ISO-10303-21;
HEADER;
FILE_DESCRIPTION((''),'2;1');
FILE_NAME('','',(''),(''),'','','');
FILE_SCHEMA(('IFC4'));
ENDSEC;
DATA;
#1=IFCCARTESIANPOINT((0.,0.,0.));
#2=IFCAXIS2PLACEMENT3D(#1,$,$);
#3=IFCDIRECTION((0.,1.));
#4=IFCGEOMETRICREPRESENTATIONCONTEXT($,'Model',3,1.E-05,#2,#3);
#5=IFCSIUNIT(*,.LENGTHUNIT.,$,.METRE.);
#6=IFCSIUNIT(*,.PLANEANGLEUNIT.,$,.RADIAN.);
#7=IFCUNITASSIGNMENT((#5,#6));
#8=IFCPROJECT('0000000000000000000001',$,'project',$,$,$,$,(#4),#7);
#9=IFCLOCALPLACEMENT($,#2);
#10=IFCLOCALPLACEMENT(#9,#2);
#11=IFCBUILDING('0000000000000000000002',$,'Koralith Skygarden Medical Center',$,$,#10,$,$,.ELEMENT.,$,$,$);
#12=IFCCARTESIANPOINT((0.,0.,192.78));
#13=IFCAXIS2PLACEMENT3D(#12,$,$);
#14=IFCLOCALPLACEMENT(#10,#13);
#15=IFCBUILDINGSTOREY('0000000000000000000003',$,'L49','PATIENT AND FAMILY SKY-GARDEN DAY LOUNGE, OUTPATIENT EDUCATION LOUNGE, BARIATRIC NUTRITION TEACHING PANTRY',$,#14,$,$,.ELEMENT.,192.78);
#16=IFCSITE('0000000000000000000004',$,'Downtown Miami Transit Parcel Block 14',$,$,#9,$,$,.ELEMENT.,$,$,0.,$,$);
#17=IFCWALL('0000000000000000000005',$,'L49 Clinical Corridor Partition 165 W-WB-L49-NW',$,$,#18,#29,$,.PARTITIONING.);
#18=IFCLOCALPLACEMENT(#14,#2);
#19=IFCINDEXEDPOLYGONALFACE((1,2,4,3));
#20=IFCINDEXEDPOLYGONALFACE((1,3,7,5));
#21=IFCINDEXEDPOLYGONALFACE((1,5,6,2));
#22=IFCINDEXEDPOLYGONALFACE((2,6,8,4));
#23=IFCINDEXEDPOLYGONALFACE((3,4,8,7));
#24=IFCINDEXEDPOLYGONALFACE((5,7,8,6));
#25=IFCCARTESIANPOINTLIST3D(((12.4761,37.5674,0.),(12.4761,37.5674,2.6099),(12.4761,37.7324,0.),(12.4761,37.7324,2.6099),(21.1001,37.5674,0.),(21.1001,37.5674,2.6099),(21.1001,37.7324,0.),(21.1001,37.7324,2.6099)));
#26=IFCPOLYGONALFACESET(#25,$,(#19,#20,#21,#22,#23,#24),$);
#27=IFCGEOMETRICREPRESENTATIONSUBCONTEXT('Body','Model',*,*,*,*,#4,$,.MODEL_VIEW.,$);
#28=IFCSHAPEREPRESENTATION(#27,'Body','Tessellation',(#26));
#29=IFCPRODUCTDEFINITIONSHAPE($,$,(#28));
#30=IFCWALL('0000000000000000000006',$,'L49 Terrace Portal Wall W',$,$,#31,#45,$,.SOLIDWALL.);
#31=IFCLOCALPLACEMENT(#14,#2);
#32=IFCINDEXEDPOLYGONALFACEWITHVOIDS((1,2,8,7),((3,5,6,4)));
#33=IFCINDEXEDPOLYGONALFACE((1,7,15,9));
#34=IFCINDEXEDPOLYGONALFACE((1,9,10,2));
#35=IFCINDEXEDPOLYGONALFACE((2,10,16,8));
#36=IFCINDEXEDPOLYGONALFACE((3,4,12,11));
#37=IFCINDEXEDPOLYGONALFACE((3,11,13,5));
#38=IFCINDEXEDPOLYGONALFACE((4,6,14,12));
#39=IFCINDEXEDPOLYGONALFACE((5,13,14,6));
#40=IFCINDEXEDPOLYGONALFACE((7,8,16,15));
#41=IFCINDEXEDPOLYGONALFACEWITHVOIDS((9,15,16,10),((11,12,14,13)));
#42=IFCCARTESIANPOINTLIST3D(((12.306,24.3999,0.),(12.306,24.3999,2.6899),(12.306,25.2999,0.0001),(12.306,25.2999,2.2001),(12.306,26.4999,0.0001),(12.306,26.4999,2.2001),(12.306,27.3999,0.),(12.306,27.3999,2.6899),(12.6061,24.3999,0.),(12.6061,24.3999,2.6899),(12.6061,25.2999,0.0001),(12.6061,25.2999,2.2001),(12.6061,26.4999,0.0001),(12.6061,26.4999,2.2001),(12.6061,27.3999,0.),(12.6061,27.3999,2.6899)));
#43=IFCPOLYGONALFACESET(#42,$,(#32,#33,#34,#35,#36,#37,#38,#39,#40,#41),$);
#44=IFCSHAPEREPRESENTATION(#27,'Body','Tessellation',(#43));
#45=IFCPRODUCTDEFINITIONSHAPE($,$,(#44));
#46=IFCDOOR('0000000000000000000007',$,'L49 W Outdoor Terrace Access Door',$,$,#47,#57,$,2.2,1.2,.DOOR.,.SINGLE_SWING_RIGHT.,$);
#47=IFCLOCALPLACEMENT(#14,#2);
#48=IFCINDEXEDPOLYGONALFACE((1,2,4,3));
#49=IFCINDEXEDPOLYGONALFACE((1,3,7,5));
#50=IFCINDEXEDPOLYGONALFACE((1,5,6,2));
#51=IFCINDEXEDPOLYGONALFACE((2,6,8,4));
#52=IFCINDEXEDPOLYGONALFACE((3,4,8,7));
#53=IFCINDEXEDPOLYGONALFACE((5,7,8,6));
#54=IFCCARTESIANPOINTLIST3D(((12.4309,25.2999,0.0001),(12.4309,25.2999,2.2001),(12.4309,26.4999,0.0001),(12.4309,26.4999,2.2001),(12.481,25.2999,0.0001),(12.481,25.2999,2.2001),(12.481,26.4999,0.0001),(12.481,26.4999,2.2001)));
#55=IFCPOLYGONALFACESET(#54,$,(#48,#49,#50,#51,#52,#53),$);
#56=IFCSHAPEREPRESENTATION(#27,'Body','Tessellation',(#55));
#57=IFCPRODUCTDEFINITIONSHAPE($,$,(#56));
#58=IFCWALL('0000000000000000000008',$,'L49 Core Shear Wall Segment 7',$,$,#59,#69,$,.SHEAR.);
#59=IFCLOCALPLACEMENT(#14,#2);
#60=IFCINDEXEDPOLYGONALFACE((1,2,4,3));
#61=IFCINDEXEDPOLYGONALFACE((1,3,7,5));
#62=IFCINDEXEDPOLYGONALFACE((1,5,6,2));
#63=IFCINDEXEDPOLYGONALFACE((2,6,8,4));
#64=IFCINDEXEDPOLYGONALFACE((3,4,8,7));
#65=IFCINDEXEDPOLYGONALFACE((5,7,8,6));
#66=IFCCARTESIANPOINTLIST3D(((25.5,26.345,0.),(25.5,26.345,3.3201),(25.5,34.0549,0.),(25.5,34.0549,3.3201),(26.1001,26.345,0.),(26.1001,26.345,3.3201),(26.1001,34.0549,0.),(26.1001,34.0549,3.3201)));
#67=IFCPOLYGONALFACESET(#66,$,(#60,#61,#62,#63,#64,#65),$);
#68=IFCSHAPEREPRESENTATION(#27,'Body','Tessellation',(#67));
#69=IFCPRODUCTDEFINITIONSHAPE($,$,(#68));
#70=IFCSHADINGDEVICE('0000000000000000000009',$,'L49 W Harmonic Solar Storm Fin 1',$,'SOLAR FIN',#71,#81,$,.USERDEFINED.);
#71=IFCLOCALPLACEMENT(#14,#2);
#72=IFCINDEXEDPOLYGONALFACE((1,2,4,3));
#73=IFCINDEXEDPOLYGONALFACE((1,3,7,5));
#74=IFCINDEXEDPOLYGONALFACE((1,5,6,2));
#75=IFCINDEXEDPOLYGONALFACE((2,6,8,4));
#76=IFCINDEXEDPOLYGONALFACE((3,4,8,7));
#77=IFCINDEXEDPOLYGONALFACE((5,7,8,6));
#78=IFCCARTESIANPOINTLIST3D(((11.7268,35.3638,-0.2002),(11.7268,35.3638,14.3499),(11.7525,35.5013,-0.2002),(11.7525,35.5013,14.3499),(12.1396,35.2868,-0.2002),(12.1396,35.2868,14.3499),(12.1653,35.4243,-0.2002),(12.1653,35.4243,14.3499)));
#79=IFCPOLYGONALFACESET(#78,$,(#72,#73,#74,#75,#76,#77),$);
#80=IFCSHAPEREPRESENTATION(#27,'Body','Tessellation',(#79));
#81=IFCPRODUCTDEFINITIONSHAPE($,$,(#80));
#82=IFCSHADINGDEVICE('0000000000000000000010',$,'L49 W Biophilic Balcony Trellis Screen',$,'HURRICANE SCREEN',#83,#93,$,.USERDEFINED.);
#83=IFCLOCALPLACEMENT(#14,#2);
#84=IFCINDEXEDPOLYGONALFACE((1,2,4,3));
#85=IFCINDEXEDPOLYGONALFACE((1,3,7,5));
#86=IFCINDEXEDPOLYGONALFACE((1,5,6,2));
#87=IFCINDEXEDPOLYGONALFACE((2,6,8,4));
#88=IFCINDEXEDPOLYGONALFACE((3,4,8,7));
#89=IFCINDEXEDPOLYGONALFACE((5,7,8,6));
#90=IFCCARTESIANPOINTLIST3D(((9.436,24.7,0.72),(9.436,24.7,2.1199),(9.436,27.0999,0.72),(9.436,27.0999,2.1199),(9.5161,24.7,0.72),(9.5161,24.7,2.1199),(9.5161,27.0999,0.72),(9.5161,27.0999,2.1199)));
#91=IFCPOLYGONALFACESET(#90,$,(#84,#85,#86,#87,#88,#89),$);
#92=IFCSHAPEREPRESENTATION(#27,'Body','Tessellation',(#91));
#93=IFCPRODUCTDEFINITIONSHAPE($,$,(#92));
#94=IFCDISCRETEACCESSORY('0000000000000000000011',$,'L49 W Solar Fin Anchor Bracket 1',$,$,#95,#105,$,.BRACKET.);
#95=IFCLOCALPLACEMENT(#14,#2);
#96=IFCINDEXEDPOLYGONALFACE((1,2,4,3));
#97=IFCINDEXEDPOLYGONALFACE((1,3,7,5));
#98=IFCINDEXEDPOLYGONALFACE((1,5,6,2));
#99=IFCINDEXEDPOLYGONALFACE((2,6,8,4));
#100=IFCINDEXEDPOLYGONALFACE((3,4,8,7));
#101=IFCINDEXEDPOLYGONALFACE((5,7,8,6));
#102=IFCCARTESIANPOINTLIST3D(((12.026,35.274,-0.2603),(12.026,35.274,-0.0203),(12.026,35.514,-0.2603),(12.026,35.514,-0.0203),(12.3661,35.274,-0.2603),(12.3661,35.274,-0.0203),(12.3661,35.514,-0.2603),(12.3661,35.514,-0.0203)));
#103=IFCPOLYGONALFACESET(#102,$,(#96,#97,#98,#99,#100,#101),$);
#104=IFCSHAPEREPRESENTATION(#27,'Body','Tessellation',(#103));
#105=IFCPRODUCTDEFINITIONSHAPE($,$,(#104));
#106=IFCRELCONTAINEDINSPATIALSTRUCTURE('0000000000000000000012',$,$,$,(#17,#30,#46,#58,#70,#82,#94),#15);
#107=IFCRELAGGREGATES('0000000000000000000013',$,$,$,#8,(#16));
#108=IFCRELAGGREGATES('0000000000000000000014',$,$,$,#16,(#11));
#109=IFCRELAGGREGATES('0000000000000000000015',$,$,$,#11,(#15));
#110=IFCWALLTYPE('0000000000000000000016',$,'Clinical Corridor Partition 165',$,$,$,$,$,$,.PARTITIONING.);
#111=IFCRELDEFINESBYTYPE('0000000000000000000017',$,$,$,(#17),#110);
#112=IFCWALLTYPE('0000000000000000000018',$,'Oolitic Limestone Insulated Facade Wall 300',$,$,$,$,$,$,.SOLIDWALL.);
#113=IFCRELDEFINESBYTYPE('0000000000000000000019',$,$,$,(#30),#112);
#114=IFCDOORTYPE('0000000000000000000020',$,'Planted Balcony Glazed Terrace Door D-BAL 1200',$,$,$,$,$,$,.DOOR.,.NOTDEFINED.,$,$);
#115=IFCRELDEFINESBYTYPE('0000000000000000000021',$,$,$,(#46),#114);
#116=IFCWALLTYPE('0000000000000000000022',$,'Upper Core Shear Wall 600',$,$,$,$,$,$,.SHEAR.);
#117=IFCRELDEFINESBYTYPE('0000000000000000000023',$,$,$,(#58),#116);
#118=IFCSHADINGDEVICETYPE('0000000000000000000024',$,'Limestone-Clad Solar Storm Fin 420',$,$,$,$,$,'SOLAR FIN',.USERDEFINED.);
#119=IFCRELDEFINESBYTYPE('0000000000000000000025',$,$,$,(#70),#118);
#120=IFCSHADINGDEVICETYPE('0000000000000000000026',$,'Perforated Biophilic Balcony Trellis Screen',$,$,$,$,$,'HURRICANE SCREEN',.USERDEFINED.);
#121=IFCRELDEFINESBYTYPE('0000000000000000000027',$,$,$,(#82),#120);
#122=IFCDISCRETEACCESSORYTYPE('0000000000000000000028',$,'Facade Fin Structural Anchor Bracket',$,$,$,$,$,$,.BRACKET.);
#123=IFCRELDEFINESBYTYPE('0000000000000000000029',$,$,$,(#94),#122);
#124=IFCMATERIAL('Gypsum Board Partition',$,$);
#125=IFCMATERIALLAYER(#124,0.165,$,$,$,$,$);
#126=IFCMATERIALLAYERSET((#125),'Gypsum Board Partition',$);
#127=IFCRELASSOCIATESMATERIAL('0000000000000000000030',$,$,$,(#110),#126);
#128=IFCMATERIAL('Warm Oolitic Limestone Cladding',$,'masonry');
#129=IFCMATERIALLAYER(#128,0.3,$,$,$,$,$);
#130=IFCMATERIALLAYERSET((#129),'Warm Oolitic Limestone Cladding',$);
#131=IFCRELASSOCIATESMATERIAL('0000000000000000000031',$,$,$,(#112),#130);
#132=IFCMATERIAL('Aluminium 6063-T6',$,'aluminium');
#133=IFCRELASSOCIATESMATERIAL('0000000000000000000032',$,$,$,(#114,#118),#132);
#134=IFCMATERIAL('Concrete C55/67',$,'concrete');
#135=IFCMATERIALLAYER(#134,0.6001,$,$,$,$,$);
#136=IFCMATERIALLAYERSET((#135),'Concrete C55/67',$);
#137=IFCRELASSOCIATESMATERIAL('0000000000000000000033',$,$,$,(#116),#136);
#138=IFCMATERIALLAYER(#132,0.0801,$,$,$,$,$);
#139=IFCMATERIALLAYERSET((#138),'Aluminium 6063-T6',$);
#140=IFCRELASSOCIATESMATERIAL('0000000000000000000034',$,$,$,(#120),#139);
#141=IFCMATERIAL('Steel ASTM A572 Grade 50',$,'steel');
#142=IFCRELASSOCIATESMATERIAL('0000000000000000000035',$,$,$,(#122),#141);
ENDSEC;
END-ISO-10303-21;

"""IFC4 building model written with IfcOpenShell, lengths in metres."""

from ifc_helpers import new_model, si_unit, direction, frame, frame_2d, origin, origin_2d, place, context, subcontext, project, spatial, rectangle, extrude, material, layer, layer_set, type_object, element, fill, save


model = new_model("IFC4")

# Units and contexts
model_context = context("Model", 3, precision=1e-05, world=origin(), true_north=direction((0.0, 1.0)))
body_context = subcontext(model_context, "Body", "Model", "MODEL_VIEW")
ifc_project = project(units=[si_unit("LENGTHUNIT", "METRE"), si_unit("PLANEANGLEUNIT", "RADIAN")], contexts=[model_context])

# Site, building, storey
site_placement = place(None, origin())
site = spatial("IfcSite", under=ifc_project, at=site_placement, Name="Downtown Miami Transit Parcel Block 14", CompositionType="ELEMENT", RefElevation=0.0)
building_placement = place(site_placement, origin())
building = spatial("IfcBuilding", under=site, at=building_placement, Name="Koralith Skygarden Medical Center", CompositionType="ELEMENT")
storey_placement = place(building_placement, frame((0.0, 0.0, 192.78)))
storey = spatial("IfcBuildingStorey", under=building, at=storey_placement, Name="L49", Description="PATIENT AND FAMILY SKY-GARDEN DAY LOUNGE, OUTPATIENT EDUCATION LOUNGE, BARIATRIC NUTRITION TEACHING PANTRY", CompositionType="ELEMENT", Elevation=192.78)

# Shared definitions
ifc_material_1 = material(Name="Concrete C55/67", Category="concrete")

# Shared definitions
ifc_material_2 = material(Name="Aluminium 6063-T6", Category="aluminium")

# Wall
ifc_material_3 = material(Name="Gypsum Board Partition")
ifc_layer_1 = layer(ifc_material_3, 0.165)
ifc_layer_set_1 = layer_set([ifc_layer_1], Name="Gypsum Board Partition")
wall_type_1 = type_object("IfcWallType", Name="Clinical Corridor Partition 165", PredefinedType="PARTITIONING", material=ifc_layer_set_1)
wall_1_placement = place(storey_placement, frame((12.4761, 37.6499, 0.0), z_axis=(0.0, 0.0, 1.0), x_axis=(1.0, 0.0, 0.0)))
element("IfcWall", 1, at=wall_1_placement, inside=storey, type_object=wall_type_1, Name="L49 Clinical Corridor Partition 165 W-WB-L49-NW", PredefinedType="PARTITIONING", context=body_context, shape_type="SweptSolid", body=[
    extrude(rectangle(XDim=8.624, YDim=0.165, at=frame_2d((4.312, 0.0))), origin(), (0.0, 0.0, 1.0), 2.6099),
])

# Wall, opening, door
ifc_material_4 = material(Name="Warm Oolitic Limestone Cladding", Category="masonry")
ifc_layer_2 = layer(ifc_material_4, 0.3)
ifc_layer_set_2 = layer_set([ifc_layer_2], Name="Warm Oolitic Limestone Cladding")
wall_type_2 = type_object("IfcWallType", Name="Oolitic Limestone Insulated Facade Wall 300", PredefinedType="SOLIDWALL", material=ifc_layer_set_2)
wall_2_placement = place(storey_placement, frame((12.4561, 27.3999, 0.0), z_axis=(0.0, 0.0, 1.0), x_axis=(0.0, -1.0, 0.0)))
wall_2 = element("IfcWall", 2, at=wall_2_placement, inside=storey, type_object=wall_type_2, Name="L49 Terrace Portal Wall W", PredefinedType="SOLIDWALL", context=body_context, shape_type="SweptSolid", body=[
    extrude(rectangle(XDim=3.0, YDim=0.3, at=frame_2d((1.5, 0.0))), origin(), (0.0, 0.0, 1.0), 2.6899),
])
opening_1_placement = place(wall_2_placement, frame((0.8999, 0.0, 0.0)))
opening_1 = element("IfcOpeningElement", 3, at=opening_1_placement, cuts=wall_2, PredefinedType="OPENING", context=body_context, shape_type="SweptSolid", body=[
    extrude(rectangle(XDim=1.2, YDim=2.2, at=frame_2d((0.6001, 1.1001))), frame((0.0, 0.1599, 0.0), z_axis=(0.0, -1.0, 0.0), x_axis=(1.0, 0.0, 0.0)), (0.0, 0.0, 1.0), 0.3201),
])
door_type_1 = type_object("IfcDoorType", Name="Planted Balcony Glazed Terrace Door D-BAL 1200", OperationType="NOTDEFINED", PredefinedType="DOOR", material=ifc_material_2)
door_1_placement = place(opening_1_placement, origin())
door_1 = element("IfcDoor", 4, at=door_1_placement, inside=storey, type_object=door_type_1, Name="L49 W Outdoor Terrace Access Door", OperationType="SINGLE_SWING_RIGHT", OverallHeight=2.2, OverallWidth=1.2, PredefinedType="DOOR", context=body_context, shape_type="SweptSolid", body=[
    extrude(rectangle(XDim=1.2, YDim=2.2, at=frame_2d((0.6001, 1.1001))), frame((0.0, 0.0249, 0.0), z_axis=(0.0, -1.0, 0.0), x_axis=(1.0, 0.0, 0.0)), (0.0, 0.0, 1.0), 0.05),
])
fill(opening_1, door_1)

# Wall
ifc_layer_3 = layer(ifc_material_1, 0.6001)
ifc_layer_set_3 = layer_set([ifc_layer_3], Name="Concrete C55/67")
wall_type_3 = type_object("IfcWallType", Name="Upper Core Shear Wall 600", PredefinedType="SHEAR", material=ifc_layer_set_3)
wall_3_placement = place(storey_placement, frame((25.8, 34.0549, 0.0), z_axis=(0.0, 0.0, 1.0), x_axis=(0.0, -1.0, 0.0)))
element("IfcWall", 5, at=wall_3_placement, inside=storey, type_object=wall_type_3, Name="L49 Core Shear Wall Segment 7", PredefinedType="SHEAR", context=body_context, shape_type="SweptSolid", body=[
    extrude(rectangle(XDim=7.71, YDim=0.6001, at=frame_2d((3.855, 0.0))), origin(), (0.0, 0.0, 1.0), 3.3201),
])

# Shading devices
shading_device_type_1 = type_object("IfcShadingDeviceType", Name="Limestone-Clad Solar Storm Fin 420", ElementType="SOLAR FIN", PredefinedType="USERDEFINED", material=ifc_material_2)
shading_device_1_placement = place(storey_placement, frame((11.946, 35.394, -0.2002), z_axis=(0.0, 0.0, 1.0), x_axis=(-0.983019, 0.183505, 0.0)))
element("IfcShadingDevice", 6, at=shading_device_1_placement, inside=storey, type_object=shading_device_type_1, Name="L49 W Harmonic Solar Storm Fin 1", ObjectType="SOLAR FIN", PredefinedType="USERDEFINED", context=body_context, shape_type="SweptSolid", body=[
    extrude(rectangle(XDim=0.4199, YDim=0.1399, at=origin_2d()), origin(), (0.0, 0.0, 1.0), 14.55),
])
ifc_layer_4 = layer(ifc_material_2, 0.0801)
ifc_layer_set_4 = layer_set([ifc_layer_4], Name="Aluminium 6063-T6")
shading_device_type_2 = type_object("IfcShadingDeviceType", Name="Perforated Biophilic Balcony Trellis Screen", ElementType="HURRICANE SCREEN", PredefinedType="USERDEFINED", material=ifc_layer_set_4)
shading_device_2_placement = place(storey_placement, frame((9.4761, 25.8999, 0.72), z_axis=(0.0, 0.0, 1.0), x_axis=(0.0, 1.0, 0.0)))
element("IfcShadingDevice", 7, at=shading_device_2_placement, inside=storey, type_object=shading_device_type_2, Name="L49 W Biophilic Balcony Trellis Screen", ObjectType="HURRICANE SCREEN", PredefinedType="USERDEFINED", context=body_context, shape_type="SweptSolid", body=[
    extrude(rectangle(XDim=2.3999, YDim=0.0801, at=origin_2d()), origin(), (0.0, 0.0, 1.0), 1.3999),
])

# Discrete accessory
ifc_material_5 = material(Name="Steel ASTM A572 Grade 50", Category="steel")
discrete_accessory_type = type_object("IfcDiscreteAccessoryType", Name="Facade Fin Structural Anchor Bracket", PredefinedType="BRACKET", material=ifc_material_5)
discrete_accessory_placement = place(storey_placement, frame((12.196, 35.394, -0.2603), z_axis=(0.0, 0.0, 1.0), x_axis=(-1.0, 0.0, 0.0)))
element("IfcDiscreteAccessory", 8, at=discrete_accessory_placement, inside=storey, type_object=discrete_accessory_type, Name="L49 W Solar Fin Anchor Bracket 1", PredefinedType="BRACKET", context=body_context, shape_type="SweptSolid", body=[
    extrude(rectangle(XDim=0.3401, YDim=0.24, at=origin_2d()), origin(), (0.0, 0.0, 1.0), 0.24),
])

save(model, "model.ifc")
